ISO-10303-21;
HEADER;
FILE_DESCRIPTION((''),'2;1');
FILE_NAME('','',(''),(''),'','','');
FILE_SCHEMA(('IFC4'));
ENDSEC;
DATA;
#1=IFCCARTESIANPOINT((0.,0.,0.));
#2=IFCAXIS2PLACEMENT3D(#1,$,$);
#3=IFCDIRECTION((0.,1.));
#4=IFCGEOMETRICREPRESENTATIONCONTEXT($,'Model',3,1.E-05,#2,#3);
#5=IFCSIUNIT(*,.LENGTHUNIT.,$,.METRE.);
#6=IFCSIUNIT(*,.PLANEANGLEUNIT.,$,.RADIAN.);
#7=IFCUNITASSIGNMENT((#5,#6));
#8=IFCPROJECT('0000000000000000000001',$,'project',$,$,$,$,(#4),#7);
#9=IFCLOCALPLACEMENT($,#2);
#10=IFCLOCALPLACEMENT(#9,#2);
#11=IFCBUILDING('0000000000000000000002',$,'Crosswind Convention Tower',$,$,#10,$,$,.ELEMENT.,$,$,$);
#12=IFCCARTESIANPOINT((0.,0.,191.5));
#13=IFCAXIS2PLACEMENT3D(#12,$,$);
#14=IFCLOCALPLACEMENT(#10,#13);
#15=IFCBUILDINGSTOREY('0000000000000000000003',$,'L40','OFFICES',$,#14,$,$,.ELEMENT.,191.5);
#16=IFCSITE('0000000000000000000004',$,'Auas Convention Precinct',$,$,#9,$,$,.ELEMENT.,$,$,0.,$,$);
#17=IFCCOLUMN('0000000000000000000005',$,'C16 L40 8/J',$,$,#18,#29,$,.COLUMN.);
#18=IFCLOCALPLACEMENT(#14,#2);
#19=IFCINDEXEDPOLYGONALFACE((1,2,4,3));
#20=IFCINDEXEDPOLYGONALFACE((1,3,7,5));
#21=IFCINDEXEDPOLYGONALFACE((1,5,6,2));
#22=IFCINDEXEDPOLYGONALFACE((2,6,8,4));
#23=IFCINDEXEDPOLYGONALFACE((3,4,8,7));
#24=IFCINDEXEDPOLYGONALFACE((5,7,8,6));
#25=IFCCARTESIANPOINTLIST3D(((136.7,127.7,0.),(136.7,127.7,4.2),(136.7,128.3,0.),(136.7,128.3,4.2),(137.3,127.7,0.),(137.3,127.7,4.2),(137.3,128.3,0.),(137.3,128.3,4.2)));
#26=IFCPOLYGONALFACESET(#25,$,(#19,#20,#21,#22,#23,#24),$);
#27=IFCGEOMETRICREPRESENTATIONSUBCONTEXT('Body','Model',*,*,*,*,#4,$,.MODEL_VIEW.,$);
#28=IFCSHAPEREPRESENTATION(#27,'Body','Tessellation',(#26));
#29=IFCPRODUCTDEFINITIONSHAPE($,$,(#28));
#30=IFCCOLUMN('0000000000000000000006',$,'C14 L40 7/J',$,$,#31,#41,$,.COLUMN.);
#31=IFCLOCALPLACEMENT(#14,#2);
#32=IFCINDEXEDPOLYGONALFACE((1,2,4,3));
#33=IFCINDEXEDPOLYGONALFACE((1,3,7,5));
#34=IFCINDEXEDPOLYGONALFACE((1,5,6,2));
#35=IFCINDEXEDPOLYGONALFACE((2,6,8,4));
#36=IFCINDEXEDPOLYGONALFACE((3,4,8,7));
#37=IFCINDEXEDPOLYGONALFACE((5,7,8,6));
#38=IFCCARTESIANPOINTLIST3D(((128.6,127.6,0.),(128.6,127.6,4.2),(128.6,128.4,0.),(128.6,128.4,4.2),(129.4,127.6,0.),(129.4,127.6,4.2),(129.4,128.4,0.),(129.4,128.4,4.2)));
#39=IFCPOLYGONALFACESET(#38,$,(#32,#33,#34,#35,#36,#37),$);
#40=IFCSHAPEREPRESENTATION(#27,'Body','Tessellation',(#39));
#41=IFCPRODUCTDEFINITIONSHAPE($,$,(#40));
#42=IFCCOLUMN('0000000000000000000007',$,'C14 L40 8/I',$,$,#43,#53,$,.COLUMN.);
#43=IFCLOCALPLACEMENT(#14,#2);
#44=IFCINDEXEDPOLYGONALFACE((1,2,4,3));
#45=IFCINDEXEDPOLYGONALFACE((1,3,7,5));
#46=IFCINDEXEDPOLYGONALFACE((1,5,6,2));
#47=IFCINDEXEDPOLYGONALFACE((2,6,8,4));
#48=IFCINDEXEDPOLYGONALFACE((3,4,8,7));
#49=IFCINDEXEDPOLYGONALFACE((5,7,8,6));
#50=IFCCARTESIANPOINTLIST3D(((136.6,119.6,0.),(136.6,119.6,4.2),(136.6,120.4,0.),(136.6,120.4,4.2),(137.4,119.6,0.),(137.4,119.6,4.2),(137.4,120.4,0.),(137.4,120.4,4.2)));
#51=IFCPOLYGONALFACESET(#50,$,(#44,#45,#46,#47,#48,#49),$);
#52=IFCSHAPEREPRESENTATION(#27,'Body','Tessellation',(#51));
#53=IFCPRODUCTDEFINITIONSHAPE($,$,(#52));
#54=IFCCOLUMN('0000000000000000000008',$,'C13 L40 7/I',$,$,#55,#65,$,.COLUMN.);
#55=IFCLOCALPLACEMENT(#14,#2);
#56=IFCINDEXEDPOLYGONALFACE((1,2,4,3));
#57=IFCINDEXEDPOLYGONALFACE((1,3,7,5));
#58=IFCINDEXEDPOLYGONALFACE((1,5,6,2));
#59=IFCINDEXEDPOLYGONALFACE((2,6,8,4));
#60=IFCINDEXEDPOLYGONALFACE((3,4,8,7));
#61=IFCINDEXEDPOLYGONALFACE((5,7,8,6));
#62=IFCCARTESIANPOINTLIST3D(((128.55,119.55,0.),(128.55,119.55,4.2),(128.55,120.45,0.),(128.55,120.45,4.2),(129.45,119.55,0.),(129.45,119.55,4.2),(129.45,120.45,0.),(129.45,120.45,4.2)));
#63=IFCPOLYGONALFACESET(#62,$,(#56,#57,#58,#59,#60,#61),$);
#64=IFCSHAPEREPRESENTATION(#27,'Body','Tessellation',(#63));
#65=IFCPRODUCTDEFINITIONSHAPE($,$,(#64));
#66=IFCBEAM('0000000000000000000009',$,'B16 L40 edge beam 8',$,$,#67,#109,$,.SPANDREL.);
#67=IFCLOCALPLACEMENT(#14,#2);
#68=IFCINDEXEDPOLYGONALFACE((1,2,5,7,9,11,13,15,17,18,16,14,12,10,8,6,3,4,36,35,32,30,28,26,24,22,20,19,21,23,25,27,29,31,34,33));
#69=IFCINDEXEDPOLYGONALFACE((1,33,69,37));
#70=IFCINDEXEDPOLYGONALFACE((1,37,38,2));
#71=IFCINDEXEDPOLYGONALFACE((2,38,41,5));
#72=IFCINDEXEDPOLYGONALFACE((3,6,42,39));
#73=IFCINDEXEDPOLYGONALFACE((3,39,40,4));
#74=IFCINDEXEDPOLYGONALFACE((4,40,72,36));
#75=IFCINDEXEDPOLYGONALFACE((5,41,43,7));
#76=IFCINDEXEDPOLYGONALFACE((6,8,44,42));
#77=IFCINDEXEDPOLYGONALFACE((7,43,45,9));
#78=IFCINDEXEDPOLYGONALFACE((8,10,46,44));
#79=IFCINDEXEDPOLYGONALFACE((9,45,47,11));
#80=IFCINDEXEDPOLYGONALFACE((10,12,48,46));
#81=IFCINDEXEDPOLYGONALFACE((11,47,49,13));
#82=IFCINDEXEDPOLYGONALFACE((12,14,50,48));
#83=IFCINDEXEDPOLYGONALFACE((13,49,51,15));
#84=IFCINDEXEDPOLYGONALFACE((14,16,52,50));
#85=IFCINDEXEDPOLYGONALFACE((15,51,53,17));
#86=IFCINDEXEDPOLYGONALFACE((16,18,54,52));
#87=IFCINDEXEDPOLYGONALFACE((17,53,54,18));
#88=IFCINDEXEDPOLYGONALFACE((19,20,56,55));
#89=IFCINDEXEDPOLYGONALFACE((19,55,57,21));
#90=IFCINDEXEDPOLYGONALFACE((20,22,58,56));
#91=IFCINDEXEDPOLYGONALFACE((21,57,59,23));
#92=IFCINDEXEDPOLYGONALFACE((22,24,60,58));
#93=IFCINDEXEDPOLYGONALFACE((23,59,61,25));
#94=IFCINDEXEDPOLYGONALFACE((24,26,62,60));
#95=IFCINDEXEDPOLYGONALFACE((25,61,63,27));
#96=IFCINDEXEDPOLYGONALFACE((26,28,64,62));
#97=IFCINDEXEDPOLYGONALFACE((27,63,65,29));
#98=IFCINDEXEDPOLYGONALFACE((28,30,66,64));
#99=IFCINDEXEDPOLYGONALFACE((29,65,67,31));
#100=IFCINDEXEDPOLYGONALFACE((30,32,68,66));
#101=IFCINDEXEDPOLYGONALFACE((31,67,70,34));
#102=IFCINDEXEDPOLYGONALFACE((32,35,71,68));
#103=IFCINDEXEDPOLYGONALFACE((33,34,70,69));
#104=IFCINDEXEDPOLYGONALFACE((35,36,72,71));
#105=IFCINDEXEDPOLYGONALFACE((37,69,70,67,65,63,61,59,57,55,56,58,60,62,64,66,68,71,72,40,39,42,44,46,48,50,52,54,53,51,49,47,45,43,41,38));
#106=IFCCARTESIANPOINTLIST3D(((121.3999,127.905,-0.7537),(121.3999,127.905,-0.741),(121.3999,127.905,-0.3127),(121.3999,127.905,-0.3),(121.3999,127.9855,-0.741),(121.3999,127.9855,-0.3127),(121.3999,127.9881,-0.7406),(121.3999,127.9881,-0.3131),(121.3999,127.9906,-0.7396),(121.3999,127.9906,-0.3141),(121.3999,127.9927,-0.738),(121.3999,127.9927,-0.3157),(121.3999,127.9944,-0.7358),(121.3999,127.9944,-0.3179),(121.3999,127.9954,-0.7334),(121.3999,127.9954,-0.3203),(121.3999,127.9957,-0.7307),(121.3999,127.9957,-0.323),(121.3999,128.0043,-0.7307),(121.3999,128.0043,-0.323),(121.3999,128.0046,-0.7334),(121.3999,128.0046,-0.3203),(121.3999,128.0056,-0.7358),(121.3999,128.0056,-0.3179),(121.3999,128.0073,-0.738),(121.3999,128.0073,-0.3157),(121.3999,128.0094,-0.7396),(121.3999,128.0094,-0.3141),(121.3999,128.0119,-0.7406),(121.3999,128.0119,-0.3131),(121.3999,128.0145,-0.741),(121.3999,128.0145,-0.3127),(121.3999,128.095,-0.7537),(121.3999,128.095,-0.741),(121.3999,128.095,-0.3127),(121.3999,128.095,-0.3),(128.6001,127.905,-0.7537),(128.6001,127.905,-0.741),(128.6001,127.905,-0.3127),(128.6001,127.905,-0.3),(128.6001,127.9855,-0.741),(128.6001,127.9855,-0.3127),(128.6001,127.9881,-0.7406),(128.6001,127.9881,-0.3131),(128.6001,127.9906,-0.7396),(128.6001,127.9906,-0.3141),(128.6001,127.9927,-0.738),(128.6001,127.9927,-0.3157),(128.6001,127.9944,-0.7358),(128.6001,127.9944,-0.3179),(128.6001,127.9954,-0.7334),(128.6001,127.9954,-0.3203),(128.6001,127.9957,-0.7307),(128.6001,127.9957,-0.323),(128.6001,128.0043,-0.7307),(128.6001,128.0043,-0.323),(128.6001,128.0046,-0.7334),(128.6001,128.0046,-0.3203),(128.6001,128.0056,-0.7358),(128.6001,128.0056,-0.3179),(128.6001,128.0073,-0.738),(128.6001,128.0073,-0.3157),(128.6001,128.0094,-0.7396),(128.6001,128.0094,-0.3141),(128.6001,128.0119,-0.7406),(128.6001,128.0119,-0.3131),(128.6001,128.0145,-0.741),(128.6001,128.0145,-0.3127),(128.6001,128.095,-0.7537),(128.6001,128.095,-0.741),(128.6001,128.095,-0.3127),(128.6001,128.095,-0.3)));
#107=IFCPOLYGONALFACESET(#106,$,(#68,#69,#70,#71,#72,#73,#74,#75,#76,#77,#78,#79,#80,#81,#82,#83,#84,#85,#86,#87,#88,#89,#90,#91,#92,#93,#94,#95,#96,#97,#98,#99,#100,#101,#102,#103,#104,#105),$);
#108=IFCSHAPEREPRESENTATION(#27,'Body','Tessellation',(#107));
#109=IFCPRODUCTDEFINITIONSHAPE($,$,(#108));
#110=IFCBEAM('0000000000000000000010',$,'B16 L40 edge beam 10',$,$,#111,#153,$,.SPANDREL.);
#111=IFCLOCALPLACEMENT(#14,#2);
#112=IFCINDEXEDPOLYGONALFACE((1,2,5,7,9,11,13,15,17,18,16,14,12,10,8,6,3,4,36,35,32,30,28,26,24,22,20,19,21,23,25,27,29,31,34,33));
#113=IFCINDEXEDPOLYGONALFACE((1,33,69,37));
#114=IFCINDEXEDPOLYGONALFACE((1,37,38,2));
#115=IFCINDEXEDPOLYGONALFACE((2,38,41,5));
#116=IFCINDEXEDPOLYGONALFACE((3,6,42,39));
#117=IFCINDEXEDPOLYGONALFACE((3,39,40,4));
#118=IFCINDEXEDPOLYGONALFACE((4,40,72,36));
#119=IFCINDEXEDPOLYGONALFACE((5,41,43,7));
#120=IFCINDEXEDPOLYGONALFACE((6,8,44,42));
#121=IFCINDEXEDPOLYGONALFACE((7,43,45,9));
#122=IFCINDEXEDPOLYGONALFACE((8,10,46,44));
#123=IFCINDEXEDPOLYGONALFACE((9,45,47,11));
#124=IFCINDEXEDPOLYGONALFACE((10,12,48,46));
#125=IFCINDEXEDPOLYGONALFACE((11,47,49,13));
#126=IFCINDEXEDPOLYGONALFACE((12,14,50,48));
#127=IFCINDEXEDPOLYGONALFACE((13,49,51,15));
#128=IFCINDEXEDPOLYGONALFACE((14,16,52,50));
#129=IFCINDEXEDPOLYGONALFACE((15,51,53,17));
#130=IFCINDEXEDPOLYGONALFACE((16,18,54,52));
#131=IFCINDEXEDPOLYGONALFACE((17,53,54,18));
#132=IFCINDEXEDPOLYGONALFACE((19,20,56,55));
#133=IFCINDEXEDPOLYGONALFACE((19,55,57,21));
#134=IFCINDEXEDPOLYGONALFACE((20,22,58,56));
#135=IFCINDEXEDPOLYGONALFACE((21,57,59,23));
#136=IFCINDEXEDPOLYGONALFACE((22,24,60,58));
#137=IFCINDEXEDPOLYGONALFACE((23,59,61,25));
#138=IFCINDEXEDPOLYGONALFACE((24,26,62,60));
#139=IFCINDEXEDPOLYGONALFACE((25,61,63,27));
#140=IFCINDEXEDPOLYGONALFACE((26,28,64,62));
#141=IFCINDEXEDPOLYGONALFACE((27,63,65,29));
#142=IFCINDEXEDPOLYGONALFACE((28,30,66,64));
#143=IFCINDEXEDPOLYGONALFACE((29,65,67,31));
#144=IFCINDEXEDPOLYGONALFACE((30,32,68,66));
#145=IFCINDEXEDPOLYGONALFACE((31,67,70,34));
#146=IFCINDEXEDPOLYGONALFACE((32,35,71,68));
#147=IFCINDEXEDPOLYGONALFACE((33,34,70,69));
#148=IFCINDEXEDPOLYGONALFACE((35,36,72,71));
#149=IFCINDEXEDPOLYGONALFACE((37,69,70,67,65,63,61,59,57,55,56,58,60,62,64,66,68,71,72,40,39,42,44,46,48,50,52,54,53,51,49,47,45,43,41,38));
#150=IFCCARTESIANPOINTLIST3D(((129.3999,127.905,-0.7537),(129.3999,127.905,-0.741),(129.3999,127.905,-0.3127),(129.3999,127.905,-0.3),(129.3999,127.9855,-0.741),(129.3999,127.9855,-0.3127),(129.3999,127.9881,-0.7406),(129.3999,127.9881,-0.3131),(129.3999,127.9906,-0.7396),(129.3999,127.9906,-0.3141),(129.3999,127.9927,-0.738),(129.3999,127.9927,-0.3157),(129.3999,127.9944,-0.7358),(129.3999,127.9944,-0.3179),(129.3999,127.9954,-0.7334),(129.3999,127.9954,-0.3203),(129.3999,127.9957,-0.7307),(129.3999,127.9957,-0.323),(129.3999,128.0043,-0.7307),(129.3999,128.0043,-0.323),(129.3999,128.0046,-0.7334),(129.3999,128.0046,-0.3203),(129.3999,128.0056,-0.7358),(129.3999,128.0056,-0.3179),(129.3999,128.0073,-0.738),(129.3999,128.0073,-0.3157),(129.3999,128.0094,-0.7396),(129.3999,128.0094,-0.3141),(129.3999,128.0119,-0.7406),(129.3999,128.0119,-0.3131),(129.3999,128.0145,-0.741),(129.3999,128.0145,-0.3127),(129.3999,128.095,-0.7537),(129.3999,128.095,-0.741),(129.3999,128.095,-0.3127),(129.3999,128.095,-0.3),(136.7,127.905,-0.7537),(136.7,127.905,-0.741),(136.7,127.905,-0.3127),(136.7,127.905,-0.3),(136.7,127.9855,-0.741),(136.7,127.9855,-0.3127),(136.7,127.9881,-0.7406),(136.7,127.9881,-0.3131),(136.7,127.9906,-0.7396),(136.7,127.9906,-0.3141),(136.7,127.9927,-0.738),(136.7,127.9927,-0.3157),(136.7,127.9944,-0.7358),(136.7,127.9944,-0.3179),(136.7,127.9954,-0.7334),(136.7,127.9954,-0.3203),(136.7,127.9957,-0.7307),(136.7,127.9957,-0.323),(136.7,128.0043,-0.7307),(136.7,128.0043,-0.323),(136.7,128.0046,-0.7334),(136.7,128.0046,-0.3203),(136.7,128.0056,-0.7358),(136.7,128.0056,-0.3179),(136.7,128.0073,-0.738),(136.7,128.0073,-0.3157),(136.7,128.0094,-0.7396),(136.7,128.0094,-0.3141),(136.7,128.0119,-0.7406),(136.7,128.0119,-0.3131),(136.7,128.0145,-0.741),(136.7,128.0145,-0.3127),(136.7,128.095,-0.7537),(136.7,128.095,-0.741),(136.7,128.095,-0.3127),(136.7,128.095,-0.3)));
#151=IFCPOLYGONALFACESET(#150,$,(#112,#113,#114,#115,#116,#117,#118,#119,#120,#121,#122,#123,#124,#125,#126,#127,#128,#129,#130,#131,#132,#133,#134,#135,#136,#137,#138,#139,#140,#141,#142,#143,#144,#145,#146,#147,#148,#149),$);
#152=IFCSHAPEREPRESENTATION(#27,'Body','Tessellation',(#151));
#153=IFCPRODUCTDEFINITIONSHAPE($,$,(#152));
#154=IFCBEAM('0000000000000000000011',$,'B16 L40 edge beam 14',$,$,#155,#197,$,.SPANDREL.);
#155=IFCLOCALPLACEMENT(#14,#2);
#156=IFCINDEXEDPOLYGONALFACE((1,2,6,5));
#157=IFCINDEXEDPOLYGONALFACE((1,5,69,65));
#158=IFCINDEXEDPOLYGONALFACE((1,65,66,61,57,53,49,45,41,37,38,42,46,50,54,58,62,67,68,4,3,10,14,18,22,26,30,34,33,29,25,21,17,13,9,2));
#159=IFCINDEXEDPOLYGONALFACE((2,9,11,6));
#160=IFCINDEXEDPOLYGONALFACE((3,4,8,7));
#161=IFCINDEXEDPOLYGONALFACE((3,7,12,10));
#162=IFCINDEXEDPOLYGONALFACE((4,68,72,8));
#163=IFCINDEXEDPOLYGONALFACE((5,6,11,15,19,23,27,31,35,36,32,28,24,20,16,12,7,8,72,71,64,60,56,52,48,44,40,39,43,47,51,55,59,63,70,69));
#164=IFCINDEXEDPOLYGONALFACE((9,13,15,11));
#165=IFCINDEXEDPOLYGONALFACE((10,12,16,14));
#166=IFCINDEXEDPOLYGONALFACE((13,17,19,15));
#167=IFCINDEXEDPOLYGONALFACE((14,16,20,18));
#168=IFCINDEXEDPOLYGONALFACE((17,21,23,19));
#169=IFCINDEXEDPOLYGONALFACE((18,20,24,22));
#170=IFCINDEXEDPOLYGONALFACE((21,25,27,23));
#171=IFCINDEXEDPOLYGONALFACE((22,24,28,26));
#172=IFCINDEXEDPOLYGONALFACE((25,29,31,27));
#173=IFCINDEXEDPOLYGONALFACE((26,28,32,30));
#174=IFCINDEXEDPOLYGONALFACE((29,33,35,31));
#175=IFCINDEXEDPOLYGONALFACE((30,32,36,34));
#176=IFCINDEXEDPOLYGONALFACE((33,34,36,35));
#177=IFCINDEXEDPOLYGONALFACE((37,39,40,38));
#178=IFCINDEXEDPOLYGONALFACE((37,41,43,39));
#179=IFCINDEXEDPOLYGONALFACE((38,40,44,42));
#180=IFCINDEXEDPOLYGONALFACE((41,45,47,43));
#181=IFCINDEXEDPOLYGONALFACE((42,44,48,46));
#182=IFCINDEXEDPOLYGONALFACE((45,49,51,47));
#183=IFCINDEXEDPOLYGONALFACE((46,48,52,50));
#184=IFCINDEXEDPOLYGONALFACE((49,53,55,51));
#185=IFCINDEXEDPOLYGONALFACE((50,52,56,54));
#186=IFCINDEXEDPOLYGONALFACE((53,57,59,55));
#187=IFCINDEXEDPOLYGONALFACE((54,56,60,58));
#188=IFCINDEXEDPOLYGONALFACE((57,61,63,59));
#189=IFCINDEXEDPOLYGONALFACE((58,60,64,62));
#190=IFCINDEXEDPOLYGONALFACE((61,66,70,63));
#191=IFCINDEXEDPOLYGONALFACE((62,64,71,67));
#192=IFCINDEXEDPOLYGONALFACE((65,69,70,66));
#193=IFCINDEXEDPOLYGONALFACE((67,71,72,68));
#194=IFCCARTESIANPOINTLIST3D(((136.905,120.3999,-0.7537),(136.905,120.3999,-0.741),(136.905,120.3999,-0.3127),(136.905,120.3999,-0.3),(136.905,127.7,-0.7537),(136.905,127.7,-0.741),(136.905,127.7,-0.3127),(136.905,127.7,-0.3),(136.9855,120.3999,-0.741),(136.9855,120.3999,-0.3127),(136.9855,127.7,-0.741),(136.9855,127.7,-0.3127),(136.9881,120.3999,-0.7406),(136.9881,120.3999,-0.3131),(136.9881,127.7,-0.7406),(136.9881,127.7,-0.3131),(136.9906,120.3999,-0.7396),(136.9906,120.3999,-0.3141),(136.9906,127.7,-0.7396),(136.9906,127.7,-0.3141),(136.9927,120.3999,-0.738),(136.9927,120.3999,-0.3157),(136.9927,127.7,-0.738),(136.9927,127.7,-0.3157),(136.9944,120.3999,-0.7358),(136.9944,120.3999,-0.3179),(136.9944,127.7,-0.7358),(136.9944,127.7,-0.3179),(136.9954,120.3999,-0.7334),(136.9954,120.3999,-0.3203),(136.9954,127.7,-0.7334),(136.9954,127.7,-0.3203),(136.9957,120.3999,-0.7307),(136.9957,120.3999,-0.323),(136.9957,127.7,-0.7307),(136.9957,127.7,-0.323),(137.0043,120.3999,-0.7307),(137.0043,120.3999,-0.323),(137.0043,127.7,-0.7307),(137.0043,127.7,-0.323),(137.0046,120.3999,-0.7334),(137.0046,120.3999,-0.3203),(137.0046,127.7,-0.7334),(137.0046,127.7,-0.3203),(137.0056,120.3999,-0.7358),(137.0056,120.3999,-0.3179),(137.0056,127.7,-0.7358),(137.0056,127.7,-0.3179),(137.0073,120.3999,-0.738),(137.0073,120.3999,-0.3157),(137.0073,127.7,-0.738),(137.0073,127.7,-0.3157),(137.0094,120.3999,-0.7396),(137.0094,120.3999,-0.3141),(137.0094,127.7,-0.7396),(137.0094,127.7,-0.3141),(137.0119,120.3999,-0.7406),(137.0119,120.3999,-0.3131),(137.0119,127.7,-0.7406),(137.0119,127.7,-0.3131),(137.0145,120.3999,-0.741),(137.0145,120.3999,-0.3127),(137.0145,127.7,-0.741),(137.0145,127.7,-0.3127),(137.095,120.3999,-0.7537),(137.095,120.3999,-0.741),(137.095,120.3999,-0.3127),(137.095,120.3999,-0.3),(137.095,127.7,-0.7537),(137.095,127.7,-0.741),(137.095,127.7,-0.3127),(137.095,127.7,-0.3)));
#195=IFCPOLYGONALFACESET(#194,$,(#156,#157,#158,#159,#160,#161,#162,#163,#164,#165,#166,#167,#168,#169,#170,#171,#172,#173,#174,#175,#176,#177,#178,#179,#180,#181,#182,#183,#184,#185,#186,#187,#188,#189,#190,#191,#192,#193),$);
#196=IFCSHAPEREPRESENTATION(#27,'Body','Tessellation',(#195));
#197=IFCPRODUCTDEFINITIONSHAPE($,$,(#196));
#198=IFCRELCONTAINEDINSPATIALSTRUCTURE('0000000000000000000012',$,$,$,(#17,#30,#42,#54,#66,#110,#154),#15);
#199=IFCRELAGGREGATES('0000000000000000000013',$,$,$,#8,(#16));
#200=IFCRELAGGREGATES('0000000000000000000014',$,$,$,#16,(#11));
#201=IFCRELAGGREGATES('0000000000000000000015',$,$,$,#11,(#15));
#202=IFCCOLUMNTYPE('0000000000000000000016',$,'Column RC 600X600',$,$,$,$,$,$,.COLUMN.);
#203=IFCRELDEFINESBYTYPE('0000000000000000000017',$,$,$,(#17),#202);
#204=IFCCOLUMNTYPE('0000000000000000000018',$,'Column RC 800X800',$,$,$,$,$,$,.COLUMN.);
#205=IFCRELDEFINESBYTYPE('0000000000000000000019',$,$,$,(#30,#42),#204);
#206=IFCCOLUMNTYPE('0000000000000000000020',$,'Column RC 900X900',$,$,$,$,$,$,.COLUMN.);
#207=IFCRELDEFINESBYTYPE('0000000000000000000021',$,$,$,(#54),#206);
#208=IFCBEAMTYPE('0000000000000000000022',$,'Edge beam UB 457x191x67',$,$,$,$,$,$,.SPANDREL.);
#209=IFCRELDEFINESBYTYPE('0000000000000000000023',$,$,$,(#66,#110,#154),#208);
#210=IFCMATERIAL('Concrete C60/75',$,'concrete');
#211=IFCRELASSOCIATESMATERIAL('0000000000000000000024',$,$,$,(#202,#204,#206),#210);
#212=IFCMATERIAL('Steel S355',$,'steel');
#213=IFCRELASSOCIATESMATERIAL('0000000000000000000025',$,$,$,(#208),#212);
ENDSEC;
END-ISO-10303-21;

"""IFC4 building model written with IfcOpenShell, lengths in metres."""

from ifc_helpers import new_model, si_unit, direction, frame, origin, origin_2d, place, context, subcontext, project, spatial, rectangle, i_section, extrude, material, material_profile, profile_set, type_object, element, save


model = new_model("IFC4")

# Units and contexts
model_context = context("Model", 3, precision=1e-05, world=origin(), true_north=direction((0.0, 1.0)))
body_context = subcontext(model_context, "Body", "Model", "MODEL_VIEW")
ifc_project = project(units=[si_unit("LENGTHUNIT", "METRE"), si_unit("PLANEANGLEUNIT", "RADIAN")], contexts=[model_context])

# Site, building, storey
site_placement = place(None, origin())
site = spatial("IfcSite", under=ifc_project, at=site_placement, Name="Auas Convention Precinct", CompositionType="ELEMENT", RefElevation=0.0)
building_placement = place(site_placement, origin())
building = spatial("IfcBuilding", under=site, at=building_placement, Name="Crosswind Convention Tower", CompositionType="ELEMENT")
storey_placement = place(building_placement, frame((0.0, 0.0, 191.5)))
storey = spatial("IfcBuildingStorey", under=building, at=storey_placement, Name="L40", Description="OFFICES", CompositionType="ELEMENT", Elevation=191.5)

# Columns
ifc_material_1 = material(Name="Concrete C60/75", Category="concrete")
ifc_material_profile_1 = material_profile(ifc_material_1, rectangle(XDim=0.6001, YDim=0.6001, at=origin_2d()), Name="RC 600X600")
ifc_profile_set_1 = profile_set([ifc_material_profile_1], Name="Concrete C60/75")
column_type_1 = type_object("IfcColumnType", Name="Column RC 600X600", PredefinedType="COLUMN", material=ifc_profile_set_1)
column_1_placement = place(storey_placement, frame((137.0, 128.0, 0.0), z_axis=(0.0, 0.0, 1.0), x_axis=(1.0, 0.0, 0.0)))
element("IfcColumn", 1, at=column_1_placement, inside=storey, type_object=column_type_1, Name="C16 L40 8/J", PredefinedType="COLUMN", context=body_context, shape_type="SweptSolid", body=[
    extrude(rectangle(XDim=0.6001, YDim=0.6001, at=origin_2d()), origin(), (0.0, 0.0, 1.0), 4.2),
])
ifc_material_profile_2 = material_profile(ifc_material_1, rectangle(XDim=0.8, YDim=0.8, at=origin_2d()), Name="RC 800X800")
ifc_profile_set_2 = profile_set([ifc_material_profile_2], Name="Concrete C60/75")
column_type_2 = type_object("IfcColumnType", Name="Column RC 800X800", PredefinedType="COLUMN", material=ifc_profile_set_2)
for number, where, z_axis, x_axis, name in (
    (2, (129.0, 128.0, 0.0), (0.0, 0.0, 1.0), (1.0, 0.0, 0.0), "C14 L40 7/J"),
    (3, (137.0, 120.0, 0.0), (0.0, 0.0, 1.0), (1.0, 0.0, 0.0), "C14 L40 8/I"),
):
    element("IfcColumn", number, at=place(storey_placement, frame(where, z_axis=z_axis, x_axis=x_axis)), inside=storey, type_object=column_type_2, Name=name, PredefinedType="COLUMN", context=body_context, shape_type="SweptSolid", body=[
        extrude(rectangle(XDim=0.8, YDim=0.8, at=origin_2d()), origin(), (0.0, 0.0, 1.0), 4.2),
    ])
ifc_material_profile_3 = material_profile(ifc_material_1, rectangle(XDim=0.8999, YDim=0.8999, at=origin_2d()), Name="RC 900X900")
ifc_profile_set_3 = profile_set([ifc_material_profile_3], Name="Concrete C60/75")
column_type_3 = type_object("IfcColumnType", Name="Column RC 900X900", PredefinedType="COLUMN", material=ifc_profile_set_3)
column_2_placement = place(storey_placement, frame((129.0, 120.0, 0.0), z_axis=(0.0, 0.0, 1.0), x_axis=(1.0, 0.0, 0.0)))
element("IfcColumn", 4, at=column_2_placement, inside=storey, type_object=column_type_3, Name="C13 L40 7/I", PredefinedType="COLUMN", context=body_context, shape_type="SweptSolid", body=[
    extrude(rectangle(XDim=0.8999, YDim=0.8999, at=origin_2d()), origin(), (0.0, 0.0, 1.0), 4.2),
])

# Beams
ifc_material_2 = material(Name="Steel S355", Category="steel")
ifc_material_profile_4 = material_profile(ifc_material_2, i_section(OverallWidth=0.1899, OverallDepth=0.4536, WebThickness=0.0085, FlangeThickness=0.0127, FilletRadius=0.0103, at=origin_2d()), Name="UB 457x191x67")
ifc_profile_set_4 = profile_set([ifc_material_profile_4], Name="Steel S355")
beam_type_1 = type_object("IfcBeamType", Name="Edge beam UB 457x191x67", PredefinedType="SPANDREL", material=ifc_profile_set_4)
beam_placement = place(storey_placement, frame((121.3999, 128.0, -0.5269), z_axis=(1.0, 0.0, 0.0), x_axis=(0.0, 1.0, 0.0)))
element("IfcBeam", 5, at=beam_placement, inside=storey, type_object=beam_type_1, Name="B16 L40 edge beam 8", PredefinedType="SPANDREL", context=body_context, shape_type="SweptSolid", body=[
    extrude(i_section(OverallWidth=0.1899, OverallDepth=0.4536, WebThickness=0.0085, FlangeThickness=0.0127, FilletRadius=0.0103, at=origin_2d()), origin(), (0.0, 0.0, 1.0), 7.2002),
])
for number, where, z_axis, x_axis, name in (
    (6, (129.3999, 128.0, -0.5269), (1.0, 0.0, 0.0), (0.0, 1.0, 0.0), "B16 L40 edge beam 10"),
    (7, (137.0, 120.3999, -0.5269), (0.0, 1.0, 0.0), (-1.0, 0.0, 0.0), "B16 L40 edge beam 14"),
):
    element("IfcBeam", number, at=place(storey_placement, frame(where, z_axis=z_axis, x_axis=x_axis)), inside=storey, type_object=beam_type_1, Name=name, PredefinedType="SPANDREL", context=body_context, shape_type="SweptSolid", body=[
        extrude(i_section(OverallWidth=0.1899, OverallDepth=0.4536, WebThickness=0.0085, FlangeThickness=0.0127, FilletRadius=0.0103, at=origin_2d()), origin(), (0.0, 0.0, 1.0), 7.3),
    ])

save(model, "model.ifc")
